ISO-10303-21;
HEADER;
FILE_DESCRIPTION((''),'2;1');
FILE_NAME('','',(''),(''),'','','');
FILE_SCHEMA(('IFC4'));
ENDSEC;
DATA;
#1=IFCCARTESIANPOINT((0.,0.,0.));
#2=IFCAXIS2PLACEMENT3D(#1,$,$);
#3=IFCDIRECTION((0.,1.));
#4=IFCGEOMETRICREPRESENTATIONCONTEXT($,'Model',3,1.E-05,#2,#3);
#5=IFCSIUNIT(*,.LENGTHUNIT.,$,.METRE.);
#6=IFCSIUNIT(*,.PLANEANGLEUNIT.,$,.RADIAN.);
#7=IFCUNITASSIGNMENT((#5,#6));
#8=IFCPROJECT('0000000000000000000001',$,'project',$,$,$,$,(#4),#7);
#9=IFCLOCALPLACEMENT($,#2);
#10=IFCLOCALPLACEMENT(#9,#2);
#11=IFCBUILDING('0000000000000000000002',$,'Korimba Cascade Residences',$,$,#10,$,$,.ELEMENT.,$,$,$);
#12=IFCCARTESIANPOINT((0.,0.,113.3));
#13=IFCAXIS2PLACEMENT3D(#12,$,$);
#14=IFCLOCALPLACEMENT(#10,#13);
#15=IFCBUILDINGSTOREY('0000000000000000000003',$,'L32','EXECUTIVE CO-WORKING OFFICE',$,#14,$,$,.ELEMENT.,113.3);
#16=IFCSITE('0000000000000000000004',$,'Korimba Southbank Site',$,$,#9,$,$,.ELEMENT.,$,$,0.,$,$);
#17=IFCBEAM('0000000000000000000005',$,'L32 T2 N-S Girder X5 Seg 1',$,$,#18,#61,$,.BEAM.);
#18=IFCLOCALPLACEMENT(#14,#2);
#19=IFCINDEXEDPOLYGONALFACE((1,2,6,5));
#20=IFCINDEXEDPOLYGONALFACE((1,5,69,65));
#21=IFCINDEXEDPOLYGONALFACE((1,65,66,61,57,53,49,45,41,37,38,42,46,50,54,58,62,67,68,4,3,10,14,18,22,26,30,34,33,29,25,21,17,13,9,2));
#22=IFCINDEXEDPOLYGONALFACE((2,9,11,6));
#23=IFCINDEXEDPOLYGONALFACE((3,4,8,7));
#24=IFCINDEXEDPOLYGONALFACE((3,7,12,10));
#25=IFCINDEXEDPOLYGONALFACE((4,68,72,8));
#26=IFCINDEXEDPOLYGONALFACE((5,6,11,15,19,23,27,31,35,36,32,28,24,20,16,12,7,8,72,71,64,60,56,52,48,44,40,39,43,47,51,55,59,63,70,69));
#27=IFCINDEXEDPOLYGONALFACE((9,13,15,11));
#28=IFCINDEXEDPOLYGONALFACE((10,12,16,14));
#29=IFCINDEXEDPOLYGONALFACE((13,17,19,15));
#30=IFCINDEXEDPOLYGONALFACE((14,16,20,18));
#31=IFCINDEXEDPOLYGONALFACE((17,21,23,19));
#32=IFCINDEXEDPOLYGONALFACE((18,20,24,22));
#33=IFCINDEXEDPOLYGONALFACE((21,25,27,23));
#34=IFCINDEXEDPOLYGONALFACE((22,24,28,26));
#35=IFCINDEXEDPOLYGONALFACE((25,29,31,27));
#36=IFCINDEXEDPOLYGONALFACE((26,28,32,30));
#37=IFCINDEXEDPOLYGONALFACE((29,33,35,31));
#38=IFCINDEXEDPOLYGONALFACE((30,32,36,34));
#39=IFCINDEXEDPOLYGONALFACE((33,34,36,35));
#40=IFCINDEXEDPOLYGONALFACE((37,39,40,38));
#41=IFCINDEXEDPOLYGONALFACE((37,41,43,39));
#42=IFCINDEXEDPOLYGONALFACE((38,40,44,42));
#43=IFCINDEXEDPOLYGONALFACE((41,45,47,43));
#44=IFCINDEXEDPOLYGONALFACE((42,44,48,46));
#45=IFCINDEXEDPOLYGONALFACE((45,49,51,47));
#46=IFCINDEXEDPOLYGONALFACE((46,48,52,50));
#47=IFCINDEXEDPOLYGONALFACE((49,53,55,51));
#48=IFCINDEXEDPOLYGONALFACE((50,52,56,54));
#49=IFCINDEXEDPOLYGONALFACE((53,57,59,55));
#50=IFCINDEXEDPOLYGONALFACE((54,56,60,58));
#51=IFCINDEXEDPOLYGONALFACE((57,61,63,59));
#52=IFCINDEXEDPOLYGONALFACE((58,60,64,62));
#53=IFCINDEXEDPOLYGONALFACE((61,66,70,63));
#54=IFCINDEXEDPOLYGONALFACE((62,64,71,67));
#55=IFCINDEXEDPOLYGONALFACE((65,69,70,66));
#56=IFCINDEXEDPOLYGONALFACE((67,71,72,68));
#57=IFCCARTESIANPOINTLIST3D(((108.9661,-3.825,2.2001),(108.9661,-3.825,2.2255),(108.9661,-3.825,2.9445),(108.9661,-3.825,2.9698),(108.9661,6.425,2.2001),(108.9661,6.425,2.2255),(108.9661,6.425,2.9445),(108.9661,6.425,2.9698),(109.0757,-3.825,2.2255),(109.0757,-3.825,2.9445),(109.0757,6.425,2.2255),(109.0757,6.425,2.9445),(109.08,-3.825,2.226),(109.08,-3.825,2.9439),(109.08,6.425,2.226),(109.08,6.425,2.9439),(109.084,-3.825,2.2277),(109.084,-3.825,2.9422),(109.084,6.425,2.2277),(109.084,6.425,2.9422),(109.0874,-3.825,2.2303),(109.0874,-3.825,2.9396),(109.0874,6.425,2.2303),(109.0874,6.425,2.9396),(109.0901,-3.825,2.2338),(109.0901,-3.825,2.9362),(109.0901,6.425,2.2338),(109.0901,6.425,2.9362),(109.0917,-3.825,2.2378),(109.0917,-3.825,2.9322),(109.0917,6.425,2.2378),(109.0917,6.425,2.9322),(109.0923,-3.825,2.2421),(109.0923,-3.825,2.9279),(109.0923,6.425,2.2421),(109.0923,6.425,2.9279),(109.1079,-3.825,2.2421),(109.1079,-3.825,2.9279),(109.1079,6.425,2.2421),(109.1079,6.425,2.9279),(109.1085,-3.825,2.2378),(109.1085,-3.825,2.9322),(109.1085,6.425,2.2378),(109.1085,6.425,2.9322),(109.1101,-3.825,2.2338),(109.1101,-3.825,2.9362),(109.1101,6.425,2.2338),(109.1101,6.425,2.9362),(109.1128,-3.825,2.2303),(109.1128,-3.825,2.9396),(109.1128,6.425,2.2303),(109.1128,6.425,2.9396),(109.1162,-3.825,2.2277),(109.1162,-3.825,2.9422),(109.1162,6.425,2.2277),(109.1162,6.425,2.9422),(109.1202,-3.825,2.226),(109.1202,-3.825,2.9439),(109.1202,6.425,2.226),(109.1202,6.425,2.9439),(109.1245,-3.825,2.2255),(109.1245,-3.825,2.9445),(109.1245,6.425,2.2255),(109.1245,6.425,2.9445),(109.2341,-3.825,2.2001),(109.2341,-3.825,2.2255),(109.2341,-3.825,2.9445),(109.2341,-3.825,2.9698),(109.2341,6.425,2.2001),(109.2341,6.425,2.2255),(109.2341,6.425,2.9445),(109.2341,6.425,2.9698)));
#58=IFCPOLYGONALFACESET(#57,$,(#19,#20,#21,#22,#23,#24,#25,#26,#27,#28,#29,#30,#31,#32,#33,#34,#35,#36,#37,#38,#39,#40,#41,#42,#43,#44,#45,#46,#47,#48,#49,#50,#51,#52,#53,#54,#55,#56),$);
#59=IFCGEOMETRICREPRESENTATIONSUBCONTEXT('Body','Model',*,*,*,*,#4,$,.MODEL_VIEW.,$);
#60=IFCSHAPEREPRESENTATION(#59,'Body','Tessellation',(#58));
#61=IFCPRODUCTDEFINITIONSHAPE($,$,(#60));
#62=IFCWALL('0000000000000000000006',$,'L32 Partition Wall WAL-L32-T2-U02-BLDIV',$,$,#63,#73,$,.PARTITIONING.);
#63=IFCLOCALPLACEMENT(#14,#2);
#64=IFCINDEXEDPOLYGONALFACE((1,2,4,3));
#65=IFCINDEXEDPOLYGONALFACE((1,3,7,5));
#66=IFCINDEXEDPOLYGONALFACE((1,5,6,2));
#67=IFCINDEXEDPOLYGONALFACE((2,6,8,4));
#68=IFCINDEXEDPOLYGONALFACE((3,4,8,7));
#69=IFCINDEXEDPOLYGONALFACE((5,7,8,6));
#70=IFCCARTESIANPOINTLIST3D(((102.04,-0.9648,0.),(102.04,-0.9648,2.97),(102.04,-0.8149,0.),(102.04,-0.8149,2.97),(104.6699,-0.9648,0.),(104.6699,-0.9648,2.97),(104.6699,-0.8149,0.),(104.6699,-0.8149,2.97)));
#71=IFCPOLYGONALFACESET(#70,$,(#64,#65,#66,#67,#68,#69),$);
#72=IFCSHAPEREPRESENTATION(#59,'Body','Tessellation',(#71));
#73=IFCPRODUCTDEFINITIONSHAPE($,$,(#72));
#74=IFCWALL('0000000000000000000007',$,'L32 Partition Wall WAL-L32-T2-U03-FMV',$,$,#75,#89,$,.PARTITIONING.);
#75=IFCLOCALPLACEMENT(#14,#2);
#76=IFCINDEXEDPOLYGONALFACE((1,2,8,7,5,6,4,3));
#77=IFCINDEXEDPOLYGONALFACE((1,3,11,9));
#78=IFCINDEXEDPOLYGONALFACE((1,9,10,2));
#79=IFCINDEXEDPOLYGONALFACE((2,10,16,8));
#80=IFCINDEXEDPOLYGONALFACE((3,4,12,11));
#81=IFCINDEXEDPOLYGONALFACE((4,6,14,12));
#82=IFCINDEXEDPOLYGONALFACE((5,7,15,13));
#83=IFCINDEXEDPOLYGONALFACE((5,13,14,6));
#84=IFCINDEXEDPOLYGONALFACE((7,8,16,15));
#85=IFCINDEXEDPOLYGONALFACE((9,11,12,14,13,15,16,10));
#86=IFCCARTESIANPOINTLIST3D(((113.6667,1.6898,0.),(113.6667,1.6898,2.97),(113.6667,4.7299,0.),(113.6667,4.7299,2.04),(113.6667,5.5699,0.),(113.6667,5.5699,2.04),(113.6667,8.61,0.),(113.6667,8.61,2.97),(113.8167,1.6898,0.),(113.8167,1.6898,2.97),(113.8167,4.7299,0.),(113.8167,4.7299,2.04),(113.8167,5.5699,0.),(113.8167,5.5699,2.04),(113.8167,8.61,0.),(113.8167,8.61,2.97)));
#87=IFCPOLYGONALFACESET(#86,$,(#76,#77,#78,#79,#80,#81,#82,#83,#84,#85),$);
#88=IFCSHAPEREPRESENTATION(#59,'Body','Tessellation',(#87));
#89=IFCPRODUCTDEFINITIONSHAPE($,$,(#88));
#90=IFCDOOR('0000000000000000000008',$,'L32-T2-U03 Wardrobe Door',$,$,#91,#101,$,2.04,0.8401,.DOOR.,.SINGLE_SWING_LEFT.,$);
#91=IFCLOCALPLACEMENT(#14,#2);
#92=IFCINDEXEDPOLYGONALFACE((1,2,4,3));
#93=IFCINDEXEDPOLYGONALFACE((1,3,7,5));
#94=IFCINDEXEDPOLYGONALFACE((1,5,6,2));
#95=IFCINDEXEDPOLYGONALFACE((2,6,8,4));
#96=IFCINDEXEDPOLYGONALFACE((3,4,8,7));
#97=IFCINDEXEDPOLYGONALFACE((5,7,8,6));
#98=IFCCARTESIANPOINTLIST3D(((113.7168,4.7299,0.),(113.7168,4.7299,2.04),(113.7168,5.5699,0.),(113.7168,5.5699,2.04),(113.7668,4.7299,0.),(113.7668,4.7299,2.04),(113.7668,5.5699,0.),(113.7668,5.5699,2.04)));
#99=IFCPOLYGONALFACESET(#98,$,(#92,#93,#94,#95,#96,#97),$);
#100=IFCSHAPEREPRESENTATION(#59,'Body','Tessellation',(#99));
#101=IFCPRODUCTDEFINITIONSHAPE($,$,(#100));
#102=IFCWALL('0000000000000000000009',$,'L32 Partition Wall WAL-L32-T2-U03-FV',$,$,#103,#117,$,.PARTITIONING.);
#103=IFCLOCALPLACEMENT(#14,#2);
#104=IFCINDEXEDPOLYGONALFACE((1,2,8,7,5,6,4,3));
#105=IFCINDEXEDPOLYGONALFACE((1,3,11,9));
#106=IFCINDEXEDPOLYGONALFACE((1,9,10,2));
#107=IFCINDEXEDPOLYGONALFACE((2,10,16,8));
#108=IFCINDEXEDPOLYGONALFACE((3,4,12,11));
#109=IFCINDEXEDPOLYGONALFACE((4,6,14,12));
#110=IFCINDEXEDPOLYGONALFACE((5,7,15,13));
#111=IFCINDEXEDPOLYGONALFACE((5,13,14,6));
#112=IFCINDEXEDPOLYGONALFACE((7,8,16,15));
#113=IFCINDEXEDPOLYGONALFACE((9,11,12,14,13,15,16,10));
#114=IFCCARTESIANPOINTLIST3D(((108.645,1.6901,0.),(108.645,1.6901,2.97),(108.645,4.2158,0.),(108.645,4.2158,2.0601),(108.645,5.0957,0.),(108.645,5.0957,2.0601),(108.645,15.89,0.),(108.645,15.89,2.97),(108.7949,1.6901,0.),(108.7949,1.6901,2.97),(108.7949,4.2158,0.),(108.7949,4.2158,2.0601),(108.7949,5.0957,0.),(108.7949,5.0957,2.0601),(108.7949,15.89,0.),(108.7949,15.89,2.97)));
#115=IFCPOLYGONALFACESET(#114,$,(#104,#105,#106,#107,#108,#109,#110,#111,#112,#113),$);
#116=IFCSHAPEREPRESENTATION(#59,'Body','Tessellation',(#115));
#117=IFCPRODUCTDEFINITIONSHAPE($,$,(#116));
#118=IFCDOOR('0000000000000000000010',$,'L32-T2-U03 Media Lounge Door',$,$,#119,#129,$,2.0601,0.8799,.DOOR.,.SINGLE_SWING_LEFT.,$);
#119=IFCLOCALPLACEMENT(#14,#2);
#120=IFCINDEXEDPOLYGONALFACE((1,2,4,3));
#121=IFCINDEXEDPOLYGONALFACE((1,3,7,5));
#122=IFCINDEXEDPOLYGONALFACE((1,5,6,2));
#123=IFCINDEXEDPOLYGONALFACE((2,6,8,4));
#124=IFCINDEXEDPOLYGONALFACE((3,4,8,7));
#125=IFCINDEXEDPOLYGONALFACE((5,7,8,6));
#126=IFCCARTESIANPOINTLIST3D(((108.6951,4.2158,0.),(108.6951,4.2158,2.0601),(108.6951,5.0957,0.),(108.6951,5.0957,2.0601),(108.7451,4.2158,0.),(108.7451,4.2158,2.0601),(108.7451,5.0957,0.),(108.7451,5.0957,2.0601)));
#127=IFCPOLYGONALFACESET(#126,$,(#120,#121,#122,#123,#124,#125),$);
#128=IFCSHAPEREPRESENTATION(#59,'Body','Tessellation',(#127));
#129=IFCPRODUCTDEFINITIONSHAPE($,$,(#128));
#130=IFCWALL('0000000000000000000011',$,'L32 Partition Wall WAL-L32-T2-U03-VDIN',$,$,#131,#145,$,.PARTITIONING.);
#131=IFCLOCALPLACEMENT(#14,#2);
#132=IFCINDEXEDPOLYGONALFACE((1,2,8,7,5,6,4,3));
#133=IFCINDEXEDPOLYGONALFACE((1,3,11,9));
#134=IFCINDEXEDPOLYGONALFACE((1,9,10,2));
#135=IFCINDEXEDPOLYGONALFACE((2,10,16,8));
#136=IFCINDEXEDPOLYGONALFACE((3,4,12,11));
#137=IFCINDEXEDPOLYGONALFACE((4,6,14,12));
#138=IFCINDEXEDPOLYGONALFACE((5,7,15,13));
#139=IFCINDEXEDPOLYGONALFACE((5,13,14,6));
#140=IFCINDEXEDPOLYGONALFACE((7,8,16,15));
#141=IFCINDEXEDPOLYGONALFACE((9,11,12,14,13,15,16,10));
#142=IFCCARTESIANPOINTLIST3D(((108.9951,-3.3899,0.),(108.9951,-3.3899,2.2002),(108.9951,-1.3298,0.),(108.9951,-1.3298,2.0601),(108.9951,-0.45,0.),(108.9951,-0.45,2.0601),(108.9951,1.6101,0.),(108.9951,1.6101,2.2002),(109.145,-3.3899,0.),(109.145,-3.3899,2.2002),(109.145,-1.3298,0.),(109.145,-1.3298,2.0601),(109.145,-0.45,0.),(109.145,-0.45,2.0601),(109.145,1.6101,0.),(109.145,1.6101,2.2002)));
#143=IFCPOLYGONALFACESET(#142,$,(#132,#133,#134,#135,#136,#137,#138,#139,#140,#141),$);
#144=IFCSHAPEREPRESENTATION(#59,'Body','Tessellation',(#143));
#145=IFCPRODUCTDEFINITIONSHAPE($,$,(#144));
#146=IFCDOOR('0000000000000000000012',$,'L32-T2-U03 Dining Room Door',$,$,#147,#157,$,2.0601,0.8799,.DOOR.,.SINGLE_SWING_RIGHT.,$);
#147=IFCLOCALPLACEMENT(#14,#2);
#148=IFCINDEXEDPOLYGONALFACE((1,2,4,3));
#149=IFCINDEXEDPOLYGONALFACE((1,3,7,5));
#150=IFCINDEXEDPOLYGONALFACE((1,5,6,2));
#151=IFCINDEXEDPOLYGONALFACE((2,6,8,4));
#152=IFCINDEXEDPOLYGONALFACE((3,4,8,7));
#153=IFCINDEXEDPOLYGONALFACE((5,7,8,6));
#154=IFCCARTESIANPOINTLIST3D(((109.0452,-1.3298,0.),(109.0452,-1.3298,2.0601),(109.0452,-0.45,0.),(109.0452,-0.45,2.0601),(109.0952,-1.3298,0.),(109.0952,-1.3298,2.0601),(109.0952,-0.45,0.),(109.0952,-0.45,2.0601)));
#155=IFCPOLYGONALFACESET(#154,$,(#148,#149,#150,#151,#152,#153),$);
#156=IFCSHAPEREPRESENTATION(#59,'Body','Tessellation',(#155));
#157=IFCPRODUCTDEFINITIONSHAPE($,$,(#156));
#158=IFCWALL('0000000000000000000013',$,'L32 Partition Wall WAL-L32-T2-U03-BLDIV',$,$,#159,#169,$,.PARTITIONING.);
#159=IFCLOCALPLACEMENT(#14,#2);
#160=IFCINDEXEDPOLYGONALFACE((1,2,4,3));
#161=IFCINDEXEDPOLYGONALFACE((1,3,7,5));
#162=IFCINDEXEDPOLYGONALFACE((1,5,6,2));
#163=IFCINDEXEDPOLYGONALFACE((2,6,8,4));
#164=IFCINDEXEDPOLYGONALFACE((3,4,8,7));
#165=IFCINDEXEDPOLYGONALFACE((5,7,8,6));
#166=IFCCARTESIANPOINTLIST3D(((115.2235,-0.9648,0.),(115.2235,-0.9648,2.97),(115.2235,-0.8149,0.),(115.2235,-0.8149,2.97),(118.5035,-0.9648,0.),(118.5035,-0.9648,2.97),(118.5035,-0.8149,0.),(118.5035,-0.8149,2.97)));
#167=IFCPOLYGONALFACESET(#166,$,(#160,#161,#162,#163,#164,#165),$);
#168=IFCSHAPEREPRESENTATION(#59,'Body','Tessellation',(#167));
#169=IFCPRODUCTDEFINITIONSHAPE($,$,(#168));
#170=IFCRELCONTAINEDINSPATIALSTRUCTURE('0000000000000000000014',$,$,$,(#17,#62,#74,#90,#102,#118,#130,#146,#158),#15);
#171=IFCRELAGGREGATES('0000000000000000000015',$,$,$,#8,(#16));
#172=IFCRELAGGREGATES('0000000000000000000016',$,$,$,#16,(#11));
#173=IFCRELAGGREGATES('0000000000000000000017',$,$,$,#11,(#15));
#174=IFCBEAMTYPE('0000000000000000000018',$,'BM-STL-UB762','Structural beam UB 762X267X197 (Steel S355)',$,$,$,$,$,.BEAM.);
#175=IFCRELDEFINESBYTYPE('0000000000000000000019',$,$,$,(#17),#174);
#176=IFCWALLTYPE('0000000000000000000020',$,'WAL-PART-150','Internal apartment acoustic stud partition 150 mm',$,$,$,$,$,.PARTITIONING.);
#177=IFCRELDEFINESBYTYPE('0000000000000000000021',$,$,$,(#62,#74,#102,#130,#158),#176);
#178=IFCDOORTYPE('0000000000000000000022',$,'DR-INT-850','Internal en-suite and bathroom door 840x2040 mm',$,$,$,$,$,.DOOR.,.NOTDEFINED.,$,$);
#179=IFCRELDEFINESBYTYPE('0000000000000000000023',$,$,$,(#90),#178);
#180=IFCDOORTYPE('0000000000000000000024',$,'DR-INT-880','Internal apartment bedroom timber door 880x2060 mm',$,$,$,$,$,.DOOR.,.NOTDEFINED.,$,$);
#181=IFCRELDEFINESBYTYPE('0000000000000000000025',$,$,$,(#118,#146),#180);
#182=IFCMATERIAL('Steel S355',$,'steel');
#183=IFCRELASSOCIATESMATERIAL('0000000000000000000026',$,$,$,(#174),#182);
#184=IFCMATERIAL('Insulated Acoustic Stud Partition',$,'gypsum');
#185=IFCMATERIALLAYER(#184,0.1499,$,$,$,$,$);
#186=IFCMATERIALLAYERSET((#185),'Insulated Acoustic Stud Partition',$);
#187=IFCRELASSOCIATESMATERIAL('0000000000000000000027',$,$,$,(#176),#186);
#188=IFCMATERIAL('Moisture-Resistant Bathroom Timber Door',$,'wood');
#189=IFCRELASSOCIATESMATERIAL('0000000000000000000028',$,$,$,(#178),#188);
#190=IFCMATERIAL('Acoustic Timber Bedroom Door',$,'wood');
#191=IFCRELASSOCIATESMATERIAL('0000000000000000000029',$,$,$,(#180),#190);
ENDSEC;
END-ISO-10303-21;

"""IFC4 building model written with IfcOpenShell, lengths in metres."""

from ifc_helpers import new_model, si_unit, direction, frame, frame_2d, origin, origin_2d, place, context, subcontext, project, spatial, rectangle, i_section, extrude, material, layer, layer_set, material_profile, profile_set, type_object, element, fill, save


model = new_model("IFC4")

# Units and contexts
model_context = context("Model", 3, precision=1e-05, world=origin(), true_north=direction((0.0, 1.0)))
body_context = subcontext(model_context, "Body", "Model", "MODEL_VIEW")
ifc_project = project(units=[si_unit("LENGTHUNIT", "METRE"), si_unit("PLANEANGLEUNIT", "RADIAN")], contexts=[model_context])

# Site, building, storey
site_placement = place(None, origin())
site = spatial("IfcSite", under=ifc_project, at=site_placement, Name="Korimba Southbank Site", CompositionType="ELEMENT", RefElevation=0.0)
building_placement = place(site_placement, origin())
building = spatial("IfcBuilding", under=site, at=building_placement, Name="Korimba Cascade Residences", CompositionType="ELEMENT")
storey_placement = place(building_placement, frame((0.0, 0.0, 113.3)))
storey = spatial("IfcBuildingStorey", under=building, at=storey_placement, Name="L32", Description="EXECUTIVE CO-WORKING OFFICE", CompositionType="ELEMENT", Elevation=113.3)

# Beam
ifc_material_1 = material(Name="Steel S355", Category="steel")
ifc_material_profile_1 = material_profile(ifc_material_1, i_section(OverallWidth=0.2681, OverallDepth=0.7698, WebThickness=0.0156, FlangeThickness=0.0254, FilletRadius=0.0166, at=origin_2d()), Name="Steel S355")
ifc_profile_set_1 = profile_set([ifc_material_profile_1], Name="Steel S355")
beam_type_1 = type_object("IfcBeamType", Name="BM-STL-UB762", Description="Structural beam UB 762X267X197 (Steel S355)", PredefinedType="BEAM", material=ifc_profile_set_1)
for number, where, z_axis, x_axis, name in (
    (1, (109.1001, -3.825, 2.585), (0.0, 1.0, 0.0), (-1.0, 0.0, 0.0), "L32 T2 N-S Girder X5 Seg 1"),
):
    element("IfcBeam", number, at=place(storey_placement, frame(where, z_axis=z_axis, x_axis=x_axis)), inside=storey, type_object=beam_type_1, Name=name, PredefinedType="BEAM", context=body_context, shape_type="SweptSolid", body=[
        extrude(i_section(OverallWidth=0.2681, OverallDepth=0.7698, WebThickness=0.0156, FlangeThickness=0.0254, FilletRadius=0.0166, at=origin_2d()), origin(), (0.0, 0.0, 1.0), 10.25),
    ])

# Wall
ifc_material_2 = material(Name="Insulated Acoustic Stud Partition", Category="gypsum")
ifc_layer = layer(ifc_material_2, 0.1499)
ifc_layer_set = layer_set([ifc_layer], Name="Insulated Acoustic Stud Partition")
wall_type = type_object("IfcWallType", Name="WAL-PART-150", Description="Internal apartment acoustic stud partition 150 mm", PredefinedType="PARTITIONING", material=ifc_layer_set)
wall_1_placement = place(storey_placement, frame((102.04, -0.8899, 0.0), z_axis=(0.0, 0.0, 1.0), x_axis=(1.0, 0.0, 0.0)))
element("IfcWall", 2, at=wall_1_placement, inside=storey, type_object=wall_type, Name="L32 Partition Wall WAL-L32-T2-U02-BLDIV", PredefinedType="PARTITIONING", context=body_context, shape_type="SweptSolid", body=[
    extrude(rectangle(XDim=2.6299, YDim=0.1499, at=frame_2d((1.3149, 0.0))), origin(), (0.0, 0.0, 1.0), 2.97),
])

# Walls, openings, doors
wall_2_placement = place(storey_placement, frame((113.7417, 1.6899, 0.0), z_axis=(0.0, 0.0, 1.0), x_axis=(0.0, 1.0, 0.0)))
wall_2 = element("IfcWall", 3, at=wall_2_placement, inside=storey, type_object=wall_type, Name="L32 Partition Wall WAL-L32-T2-U03-FMV", PredefinedType="PARTITIONING", context=body_context, shape_type="SweptSolid", body=[
    extrude(rectangle(XDim=6.9202, YDim=0.1499, at=frame_2d((3.46, 0.0))), origin(), (0.0, 0.0, 1.0), 2.97),
])
opening_1_placement = place(wall_2_placement, frame((3.04, 0.0, 0.0)))
opening_1 = element("IfcOpeningElement", 4, at=opening_1_placement, cuts=wall_2, PredefinedType="OPENING", context=body_context, shape_type="SweptSolid", body=[
    extrude(rectangle(XDim=0.8401, YDim=2.04, at=frame_2d((0.4199, 1.02))), frame((0.0, 0.085, 0.0), z_axis=(0.0, -1.0, 0.0), x_axis=(1.0, 0.0, 0.0)), (0.0, 0.0, 1.0), 0.1699),
])
ifc_material_3 = material(Name="Moisture-Resistant Bathroom Timber Door", Category="wood")
door_type_1 = type_object("IfcDoorType", Name="DR-INT-850", Description="Internal en-suite and bathroom door 840x2040 mm", OperationType="NOTDEFINED", PredefinedType="DOOR", material=ifc_material_3)
door_1_placement = place(opening_1_placement, origin())
door_1 = element("IfcDoor", 5, at=door_1_placement, inside=storey, type_object=door_type_1, Name="L32-T2-U03 Wardrobe Door", OperationType="SINGLE_SWING_LEFT", OverallHeight=2.04, OverallWidth=0.8401, PredefinedType="DOOR", context=body_context, shape_type="SweptSolid", body=[
    extrude(rectangle(XDim=0.8401, YDim=2.04, at=frame_2d((0.4199, 1.02))), frame((0.0, 0.0249, 0.0), z_axis=(0.0, -1.0, 0.0), x_axis=(1.0, 0.0, 0.0)), (0.0, 0.0, 1.0), 0.05),
])
fill(opening_1, door_1)
wall_3_placement = place(storey_placement, frame((108.72, 1.6899, 0.0), z_axis=(0.0, 0.0, 1.0), x_axis=(0.0, 1.0, 0.0)))
wall_3 = element("IfcWall", 6, at=wall_3_placement, inside=storey, type_object=wall_type, Name="L32 Partition Wall WAL-L32-T2-U03-FV", PredefinedType="PARTITIONING", context=body_context, shape_type="SweptSolid", body=[
    extrude(rectangle(XDim=14.2, YDim=0.1499, at=frame_2d((7.1001, 0.0))), origin(), (0.0, 0.0, 1.0), 2.97),
])
opening_2_placement = place(wall_3_placement, frame((2.5259, 0.0, 0.0)))
opening_2 = element("IfcOpeningElement", 7, at=opening_2_placement, cuts=wall_3, PredefinedType="OPENING", context=body_context, shape_type="SweptSolid", body=[
    extrude(rectangle(XDim=0.8799, YDim=2.0601, at=frame_2d((0.4399, 1.03))), frame((0.0, 0.085, 0.0), z_axis=(0.0, -1.0, 0.0), x_axis=(1.0, 0.0, 0.0)), (0.0, 0.0, 1.0), 0.1699),
])
ifc_material_4 = material(Name="Acoustic Timber Bedroom Door", Category="wood")
door_type_2 = type_object("IfcDoorType", Name="DR-INT-880", Description="Internal apartment bedroom timber door 880x2060 mm", OperationType="NOTDEFINED", PredefinedType="DOOR", material=ifc_material_4)
door_2_placement = place(opening_2_placement, origin())
door_2 = element("IfcDoor", 8, at=door_2_placement, inside=storey, type_object=door_type_2, Name="L32-T2-U03 Media Lounge Door", OperationType="SINGLE_SWING_LEFT", OverallHeight=2.0601, OverallWidth=0.8799, PredefinedType="DOOR", context=body_context, shape_type="SweptSolid", body=[
    extrude(rectangle(XDim=0.8799, YDim=2.0601, at=frame_2d((0.4399, 1.03))), frame((0.0, 0.0249, 0.0), z_axis=(0.0, -1.0, 0.0), x_axis=(1.0, 0.0, 0.0)), (0.0, 0.0, 1.0), 0.05),
])
fill(opening_2, door_2)
wall_4_placement = place(storey_placement, frame((109.0701, -3.3899, 0.0), z_axis=(0.0, 0.0, 1.0), x_axis=(0.0, 1.0, 0.0)))
wall_4 = element("IfcWall", 9, at=wall_4_placement, inside=storey, type_object=wall_type, Name="L32 Partition Wall WAL-L32-T2-U03-VDIN", PredefinedType="PARTITIONING", context=body_context, shape_type="SweptSolid", body=[
    extrude(rectangle(XDim=5.0, YDim=0.1499, at=frame_2d((2.5, 0.0))), origin(), (0.0, 0.0, 1.0), 2.2002),
])
opening_3_placement = place(wall_4_placement, frame((2.0601, 0.0, 0.0)))
opening_3 = element("IfcOpeningElement", 10, at=opening_3_placement, cuts=wall_4, PredefinedType="OPENING", context=body_context, shape_type="SweptSolid", body=[
    extrude(rectangle(XDim=0.8799, YDim=2.0601, at=frame_2d((0.4399, 1.03))), frame((0.0, 0.085, 0.0), z_axis=(0.0, -1.0, 0.0), x_axis=(1.0, 0.0, 0.0)), (0.0, 0.0, 1.0), 0.1699),
])
door_3_placement = place(opening_3_placement, origin())
door_3 = element("IfcDoor", 11, at=door_3_placement, inside=storey, type_object=door_type_2, Name="L32-T2-U03 Dining Room Door", OperationType="SINGLE_SWING_RIGHT", OverallHeight=2.0601, OverallWidth=0.8799, PredefinedType="DOOR", context=body_context, shape_type="SweptSolid", body=[
    extrude(rectangle(XDim=0.8799, YDim=2.0601, at=frame_2d((0.4399, 1.03))), frame((0.0, 0.0249, 0.0), z_axis=(0.0, -1.0, 0.0), x_axis=(1.0, 0.0, 0.0)), (0.0, 0.0, 1.0), 0.05),
])
fill(opening_3, door_3)

# Wall
wall_5_placement = place(storey_placement, frame((115.2234, -0.8899, 0.0), z_axis=(0.0, 0.0, 1.0), x_axis=(1.0, 0.0, 0.0)))
element("IfcWall", 12, at=wall_5_placement, inside=storey, type_object=wall_type, Name="L32 Partition Wall WAL-L32-T2-U03-BLDIV", PredefinedType="PARTITIONING", context=body_context, shape_type="SweptSolid", body=[
    extrude(rectangle(XDim=3.28, YDim=0.1499, at=frame_2d((1.6401, 0.0))), origin(), (0.0, 0.0, 1.0), 2.97),
])

save(model, "model.ifc")
